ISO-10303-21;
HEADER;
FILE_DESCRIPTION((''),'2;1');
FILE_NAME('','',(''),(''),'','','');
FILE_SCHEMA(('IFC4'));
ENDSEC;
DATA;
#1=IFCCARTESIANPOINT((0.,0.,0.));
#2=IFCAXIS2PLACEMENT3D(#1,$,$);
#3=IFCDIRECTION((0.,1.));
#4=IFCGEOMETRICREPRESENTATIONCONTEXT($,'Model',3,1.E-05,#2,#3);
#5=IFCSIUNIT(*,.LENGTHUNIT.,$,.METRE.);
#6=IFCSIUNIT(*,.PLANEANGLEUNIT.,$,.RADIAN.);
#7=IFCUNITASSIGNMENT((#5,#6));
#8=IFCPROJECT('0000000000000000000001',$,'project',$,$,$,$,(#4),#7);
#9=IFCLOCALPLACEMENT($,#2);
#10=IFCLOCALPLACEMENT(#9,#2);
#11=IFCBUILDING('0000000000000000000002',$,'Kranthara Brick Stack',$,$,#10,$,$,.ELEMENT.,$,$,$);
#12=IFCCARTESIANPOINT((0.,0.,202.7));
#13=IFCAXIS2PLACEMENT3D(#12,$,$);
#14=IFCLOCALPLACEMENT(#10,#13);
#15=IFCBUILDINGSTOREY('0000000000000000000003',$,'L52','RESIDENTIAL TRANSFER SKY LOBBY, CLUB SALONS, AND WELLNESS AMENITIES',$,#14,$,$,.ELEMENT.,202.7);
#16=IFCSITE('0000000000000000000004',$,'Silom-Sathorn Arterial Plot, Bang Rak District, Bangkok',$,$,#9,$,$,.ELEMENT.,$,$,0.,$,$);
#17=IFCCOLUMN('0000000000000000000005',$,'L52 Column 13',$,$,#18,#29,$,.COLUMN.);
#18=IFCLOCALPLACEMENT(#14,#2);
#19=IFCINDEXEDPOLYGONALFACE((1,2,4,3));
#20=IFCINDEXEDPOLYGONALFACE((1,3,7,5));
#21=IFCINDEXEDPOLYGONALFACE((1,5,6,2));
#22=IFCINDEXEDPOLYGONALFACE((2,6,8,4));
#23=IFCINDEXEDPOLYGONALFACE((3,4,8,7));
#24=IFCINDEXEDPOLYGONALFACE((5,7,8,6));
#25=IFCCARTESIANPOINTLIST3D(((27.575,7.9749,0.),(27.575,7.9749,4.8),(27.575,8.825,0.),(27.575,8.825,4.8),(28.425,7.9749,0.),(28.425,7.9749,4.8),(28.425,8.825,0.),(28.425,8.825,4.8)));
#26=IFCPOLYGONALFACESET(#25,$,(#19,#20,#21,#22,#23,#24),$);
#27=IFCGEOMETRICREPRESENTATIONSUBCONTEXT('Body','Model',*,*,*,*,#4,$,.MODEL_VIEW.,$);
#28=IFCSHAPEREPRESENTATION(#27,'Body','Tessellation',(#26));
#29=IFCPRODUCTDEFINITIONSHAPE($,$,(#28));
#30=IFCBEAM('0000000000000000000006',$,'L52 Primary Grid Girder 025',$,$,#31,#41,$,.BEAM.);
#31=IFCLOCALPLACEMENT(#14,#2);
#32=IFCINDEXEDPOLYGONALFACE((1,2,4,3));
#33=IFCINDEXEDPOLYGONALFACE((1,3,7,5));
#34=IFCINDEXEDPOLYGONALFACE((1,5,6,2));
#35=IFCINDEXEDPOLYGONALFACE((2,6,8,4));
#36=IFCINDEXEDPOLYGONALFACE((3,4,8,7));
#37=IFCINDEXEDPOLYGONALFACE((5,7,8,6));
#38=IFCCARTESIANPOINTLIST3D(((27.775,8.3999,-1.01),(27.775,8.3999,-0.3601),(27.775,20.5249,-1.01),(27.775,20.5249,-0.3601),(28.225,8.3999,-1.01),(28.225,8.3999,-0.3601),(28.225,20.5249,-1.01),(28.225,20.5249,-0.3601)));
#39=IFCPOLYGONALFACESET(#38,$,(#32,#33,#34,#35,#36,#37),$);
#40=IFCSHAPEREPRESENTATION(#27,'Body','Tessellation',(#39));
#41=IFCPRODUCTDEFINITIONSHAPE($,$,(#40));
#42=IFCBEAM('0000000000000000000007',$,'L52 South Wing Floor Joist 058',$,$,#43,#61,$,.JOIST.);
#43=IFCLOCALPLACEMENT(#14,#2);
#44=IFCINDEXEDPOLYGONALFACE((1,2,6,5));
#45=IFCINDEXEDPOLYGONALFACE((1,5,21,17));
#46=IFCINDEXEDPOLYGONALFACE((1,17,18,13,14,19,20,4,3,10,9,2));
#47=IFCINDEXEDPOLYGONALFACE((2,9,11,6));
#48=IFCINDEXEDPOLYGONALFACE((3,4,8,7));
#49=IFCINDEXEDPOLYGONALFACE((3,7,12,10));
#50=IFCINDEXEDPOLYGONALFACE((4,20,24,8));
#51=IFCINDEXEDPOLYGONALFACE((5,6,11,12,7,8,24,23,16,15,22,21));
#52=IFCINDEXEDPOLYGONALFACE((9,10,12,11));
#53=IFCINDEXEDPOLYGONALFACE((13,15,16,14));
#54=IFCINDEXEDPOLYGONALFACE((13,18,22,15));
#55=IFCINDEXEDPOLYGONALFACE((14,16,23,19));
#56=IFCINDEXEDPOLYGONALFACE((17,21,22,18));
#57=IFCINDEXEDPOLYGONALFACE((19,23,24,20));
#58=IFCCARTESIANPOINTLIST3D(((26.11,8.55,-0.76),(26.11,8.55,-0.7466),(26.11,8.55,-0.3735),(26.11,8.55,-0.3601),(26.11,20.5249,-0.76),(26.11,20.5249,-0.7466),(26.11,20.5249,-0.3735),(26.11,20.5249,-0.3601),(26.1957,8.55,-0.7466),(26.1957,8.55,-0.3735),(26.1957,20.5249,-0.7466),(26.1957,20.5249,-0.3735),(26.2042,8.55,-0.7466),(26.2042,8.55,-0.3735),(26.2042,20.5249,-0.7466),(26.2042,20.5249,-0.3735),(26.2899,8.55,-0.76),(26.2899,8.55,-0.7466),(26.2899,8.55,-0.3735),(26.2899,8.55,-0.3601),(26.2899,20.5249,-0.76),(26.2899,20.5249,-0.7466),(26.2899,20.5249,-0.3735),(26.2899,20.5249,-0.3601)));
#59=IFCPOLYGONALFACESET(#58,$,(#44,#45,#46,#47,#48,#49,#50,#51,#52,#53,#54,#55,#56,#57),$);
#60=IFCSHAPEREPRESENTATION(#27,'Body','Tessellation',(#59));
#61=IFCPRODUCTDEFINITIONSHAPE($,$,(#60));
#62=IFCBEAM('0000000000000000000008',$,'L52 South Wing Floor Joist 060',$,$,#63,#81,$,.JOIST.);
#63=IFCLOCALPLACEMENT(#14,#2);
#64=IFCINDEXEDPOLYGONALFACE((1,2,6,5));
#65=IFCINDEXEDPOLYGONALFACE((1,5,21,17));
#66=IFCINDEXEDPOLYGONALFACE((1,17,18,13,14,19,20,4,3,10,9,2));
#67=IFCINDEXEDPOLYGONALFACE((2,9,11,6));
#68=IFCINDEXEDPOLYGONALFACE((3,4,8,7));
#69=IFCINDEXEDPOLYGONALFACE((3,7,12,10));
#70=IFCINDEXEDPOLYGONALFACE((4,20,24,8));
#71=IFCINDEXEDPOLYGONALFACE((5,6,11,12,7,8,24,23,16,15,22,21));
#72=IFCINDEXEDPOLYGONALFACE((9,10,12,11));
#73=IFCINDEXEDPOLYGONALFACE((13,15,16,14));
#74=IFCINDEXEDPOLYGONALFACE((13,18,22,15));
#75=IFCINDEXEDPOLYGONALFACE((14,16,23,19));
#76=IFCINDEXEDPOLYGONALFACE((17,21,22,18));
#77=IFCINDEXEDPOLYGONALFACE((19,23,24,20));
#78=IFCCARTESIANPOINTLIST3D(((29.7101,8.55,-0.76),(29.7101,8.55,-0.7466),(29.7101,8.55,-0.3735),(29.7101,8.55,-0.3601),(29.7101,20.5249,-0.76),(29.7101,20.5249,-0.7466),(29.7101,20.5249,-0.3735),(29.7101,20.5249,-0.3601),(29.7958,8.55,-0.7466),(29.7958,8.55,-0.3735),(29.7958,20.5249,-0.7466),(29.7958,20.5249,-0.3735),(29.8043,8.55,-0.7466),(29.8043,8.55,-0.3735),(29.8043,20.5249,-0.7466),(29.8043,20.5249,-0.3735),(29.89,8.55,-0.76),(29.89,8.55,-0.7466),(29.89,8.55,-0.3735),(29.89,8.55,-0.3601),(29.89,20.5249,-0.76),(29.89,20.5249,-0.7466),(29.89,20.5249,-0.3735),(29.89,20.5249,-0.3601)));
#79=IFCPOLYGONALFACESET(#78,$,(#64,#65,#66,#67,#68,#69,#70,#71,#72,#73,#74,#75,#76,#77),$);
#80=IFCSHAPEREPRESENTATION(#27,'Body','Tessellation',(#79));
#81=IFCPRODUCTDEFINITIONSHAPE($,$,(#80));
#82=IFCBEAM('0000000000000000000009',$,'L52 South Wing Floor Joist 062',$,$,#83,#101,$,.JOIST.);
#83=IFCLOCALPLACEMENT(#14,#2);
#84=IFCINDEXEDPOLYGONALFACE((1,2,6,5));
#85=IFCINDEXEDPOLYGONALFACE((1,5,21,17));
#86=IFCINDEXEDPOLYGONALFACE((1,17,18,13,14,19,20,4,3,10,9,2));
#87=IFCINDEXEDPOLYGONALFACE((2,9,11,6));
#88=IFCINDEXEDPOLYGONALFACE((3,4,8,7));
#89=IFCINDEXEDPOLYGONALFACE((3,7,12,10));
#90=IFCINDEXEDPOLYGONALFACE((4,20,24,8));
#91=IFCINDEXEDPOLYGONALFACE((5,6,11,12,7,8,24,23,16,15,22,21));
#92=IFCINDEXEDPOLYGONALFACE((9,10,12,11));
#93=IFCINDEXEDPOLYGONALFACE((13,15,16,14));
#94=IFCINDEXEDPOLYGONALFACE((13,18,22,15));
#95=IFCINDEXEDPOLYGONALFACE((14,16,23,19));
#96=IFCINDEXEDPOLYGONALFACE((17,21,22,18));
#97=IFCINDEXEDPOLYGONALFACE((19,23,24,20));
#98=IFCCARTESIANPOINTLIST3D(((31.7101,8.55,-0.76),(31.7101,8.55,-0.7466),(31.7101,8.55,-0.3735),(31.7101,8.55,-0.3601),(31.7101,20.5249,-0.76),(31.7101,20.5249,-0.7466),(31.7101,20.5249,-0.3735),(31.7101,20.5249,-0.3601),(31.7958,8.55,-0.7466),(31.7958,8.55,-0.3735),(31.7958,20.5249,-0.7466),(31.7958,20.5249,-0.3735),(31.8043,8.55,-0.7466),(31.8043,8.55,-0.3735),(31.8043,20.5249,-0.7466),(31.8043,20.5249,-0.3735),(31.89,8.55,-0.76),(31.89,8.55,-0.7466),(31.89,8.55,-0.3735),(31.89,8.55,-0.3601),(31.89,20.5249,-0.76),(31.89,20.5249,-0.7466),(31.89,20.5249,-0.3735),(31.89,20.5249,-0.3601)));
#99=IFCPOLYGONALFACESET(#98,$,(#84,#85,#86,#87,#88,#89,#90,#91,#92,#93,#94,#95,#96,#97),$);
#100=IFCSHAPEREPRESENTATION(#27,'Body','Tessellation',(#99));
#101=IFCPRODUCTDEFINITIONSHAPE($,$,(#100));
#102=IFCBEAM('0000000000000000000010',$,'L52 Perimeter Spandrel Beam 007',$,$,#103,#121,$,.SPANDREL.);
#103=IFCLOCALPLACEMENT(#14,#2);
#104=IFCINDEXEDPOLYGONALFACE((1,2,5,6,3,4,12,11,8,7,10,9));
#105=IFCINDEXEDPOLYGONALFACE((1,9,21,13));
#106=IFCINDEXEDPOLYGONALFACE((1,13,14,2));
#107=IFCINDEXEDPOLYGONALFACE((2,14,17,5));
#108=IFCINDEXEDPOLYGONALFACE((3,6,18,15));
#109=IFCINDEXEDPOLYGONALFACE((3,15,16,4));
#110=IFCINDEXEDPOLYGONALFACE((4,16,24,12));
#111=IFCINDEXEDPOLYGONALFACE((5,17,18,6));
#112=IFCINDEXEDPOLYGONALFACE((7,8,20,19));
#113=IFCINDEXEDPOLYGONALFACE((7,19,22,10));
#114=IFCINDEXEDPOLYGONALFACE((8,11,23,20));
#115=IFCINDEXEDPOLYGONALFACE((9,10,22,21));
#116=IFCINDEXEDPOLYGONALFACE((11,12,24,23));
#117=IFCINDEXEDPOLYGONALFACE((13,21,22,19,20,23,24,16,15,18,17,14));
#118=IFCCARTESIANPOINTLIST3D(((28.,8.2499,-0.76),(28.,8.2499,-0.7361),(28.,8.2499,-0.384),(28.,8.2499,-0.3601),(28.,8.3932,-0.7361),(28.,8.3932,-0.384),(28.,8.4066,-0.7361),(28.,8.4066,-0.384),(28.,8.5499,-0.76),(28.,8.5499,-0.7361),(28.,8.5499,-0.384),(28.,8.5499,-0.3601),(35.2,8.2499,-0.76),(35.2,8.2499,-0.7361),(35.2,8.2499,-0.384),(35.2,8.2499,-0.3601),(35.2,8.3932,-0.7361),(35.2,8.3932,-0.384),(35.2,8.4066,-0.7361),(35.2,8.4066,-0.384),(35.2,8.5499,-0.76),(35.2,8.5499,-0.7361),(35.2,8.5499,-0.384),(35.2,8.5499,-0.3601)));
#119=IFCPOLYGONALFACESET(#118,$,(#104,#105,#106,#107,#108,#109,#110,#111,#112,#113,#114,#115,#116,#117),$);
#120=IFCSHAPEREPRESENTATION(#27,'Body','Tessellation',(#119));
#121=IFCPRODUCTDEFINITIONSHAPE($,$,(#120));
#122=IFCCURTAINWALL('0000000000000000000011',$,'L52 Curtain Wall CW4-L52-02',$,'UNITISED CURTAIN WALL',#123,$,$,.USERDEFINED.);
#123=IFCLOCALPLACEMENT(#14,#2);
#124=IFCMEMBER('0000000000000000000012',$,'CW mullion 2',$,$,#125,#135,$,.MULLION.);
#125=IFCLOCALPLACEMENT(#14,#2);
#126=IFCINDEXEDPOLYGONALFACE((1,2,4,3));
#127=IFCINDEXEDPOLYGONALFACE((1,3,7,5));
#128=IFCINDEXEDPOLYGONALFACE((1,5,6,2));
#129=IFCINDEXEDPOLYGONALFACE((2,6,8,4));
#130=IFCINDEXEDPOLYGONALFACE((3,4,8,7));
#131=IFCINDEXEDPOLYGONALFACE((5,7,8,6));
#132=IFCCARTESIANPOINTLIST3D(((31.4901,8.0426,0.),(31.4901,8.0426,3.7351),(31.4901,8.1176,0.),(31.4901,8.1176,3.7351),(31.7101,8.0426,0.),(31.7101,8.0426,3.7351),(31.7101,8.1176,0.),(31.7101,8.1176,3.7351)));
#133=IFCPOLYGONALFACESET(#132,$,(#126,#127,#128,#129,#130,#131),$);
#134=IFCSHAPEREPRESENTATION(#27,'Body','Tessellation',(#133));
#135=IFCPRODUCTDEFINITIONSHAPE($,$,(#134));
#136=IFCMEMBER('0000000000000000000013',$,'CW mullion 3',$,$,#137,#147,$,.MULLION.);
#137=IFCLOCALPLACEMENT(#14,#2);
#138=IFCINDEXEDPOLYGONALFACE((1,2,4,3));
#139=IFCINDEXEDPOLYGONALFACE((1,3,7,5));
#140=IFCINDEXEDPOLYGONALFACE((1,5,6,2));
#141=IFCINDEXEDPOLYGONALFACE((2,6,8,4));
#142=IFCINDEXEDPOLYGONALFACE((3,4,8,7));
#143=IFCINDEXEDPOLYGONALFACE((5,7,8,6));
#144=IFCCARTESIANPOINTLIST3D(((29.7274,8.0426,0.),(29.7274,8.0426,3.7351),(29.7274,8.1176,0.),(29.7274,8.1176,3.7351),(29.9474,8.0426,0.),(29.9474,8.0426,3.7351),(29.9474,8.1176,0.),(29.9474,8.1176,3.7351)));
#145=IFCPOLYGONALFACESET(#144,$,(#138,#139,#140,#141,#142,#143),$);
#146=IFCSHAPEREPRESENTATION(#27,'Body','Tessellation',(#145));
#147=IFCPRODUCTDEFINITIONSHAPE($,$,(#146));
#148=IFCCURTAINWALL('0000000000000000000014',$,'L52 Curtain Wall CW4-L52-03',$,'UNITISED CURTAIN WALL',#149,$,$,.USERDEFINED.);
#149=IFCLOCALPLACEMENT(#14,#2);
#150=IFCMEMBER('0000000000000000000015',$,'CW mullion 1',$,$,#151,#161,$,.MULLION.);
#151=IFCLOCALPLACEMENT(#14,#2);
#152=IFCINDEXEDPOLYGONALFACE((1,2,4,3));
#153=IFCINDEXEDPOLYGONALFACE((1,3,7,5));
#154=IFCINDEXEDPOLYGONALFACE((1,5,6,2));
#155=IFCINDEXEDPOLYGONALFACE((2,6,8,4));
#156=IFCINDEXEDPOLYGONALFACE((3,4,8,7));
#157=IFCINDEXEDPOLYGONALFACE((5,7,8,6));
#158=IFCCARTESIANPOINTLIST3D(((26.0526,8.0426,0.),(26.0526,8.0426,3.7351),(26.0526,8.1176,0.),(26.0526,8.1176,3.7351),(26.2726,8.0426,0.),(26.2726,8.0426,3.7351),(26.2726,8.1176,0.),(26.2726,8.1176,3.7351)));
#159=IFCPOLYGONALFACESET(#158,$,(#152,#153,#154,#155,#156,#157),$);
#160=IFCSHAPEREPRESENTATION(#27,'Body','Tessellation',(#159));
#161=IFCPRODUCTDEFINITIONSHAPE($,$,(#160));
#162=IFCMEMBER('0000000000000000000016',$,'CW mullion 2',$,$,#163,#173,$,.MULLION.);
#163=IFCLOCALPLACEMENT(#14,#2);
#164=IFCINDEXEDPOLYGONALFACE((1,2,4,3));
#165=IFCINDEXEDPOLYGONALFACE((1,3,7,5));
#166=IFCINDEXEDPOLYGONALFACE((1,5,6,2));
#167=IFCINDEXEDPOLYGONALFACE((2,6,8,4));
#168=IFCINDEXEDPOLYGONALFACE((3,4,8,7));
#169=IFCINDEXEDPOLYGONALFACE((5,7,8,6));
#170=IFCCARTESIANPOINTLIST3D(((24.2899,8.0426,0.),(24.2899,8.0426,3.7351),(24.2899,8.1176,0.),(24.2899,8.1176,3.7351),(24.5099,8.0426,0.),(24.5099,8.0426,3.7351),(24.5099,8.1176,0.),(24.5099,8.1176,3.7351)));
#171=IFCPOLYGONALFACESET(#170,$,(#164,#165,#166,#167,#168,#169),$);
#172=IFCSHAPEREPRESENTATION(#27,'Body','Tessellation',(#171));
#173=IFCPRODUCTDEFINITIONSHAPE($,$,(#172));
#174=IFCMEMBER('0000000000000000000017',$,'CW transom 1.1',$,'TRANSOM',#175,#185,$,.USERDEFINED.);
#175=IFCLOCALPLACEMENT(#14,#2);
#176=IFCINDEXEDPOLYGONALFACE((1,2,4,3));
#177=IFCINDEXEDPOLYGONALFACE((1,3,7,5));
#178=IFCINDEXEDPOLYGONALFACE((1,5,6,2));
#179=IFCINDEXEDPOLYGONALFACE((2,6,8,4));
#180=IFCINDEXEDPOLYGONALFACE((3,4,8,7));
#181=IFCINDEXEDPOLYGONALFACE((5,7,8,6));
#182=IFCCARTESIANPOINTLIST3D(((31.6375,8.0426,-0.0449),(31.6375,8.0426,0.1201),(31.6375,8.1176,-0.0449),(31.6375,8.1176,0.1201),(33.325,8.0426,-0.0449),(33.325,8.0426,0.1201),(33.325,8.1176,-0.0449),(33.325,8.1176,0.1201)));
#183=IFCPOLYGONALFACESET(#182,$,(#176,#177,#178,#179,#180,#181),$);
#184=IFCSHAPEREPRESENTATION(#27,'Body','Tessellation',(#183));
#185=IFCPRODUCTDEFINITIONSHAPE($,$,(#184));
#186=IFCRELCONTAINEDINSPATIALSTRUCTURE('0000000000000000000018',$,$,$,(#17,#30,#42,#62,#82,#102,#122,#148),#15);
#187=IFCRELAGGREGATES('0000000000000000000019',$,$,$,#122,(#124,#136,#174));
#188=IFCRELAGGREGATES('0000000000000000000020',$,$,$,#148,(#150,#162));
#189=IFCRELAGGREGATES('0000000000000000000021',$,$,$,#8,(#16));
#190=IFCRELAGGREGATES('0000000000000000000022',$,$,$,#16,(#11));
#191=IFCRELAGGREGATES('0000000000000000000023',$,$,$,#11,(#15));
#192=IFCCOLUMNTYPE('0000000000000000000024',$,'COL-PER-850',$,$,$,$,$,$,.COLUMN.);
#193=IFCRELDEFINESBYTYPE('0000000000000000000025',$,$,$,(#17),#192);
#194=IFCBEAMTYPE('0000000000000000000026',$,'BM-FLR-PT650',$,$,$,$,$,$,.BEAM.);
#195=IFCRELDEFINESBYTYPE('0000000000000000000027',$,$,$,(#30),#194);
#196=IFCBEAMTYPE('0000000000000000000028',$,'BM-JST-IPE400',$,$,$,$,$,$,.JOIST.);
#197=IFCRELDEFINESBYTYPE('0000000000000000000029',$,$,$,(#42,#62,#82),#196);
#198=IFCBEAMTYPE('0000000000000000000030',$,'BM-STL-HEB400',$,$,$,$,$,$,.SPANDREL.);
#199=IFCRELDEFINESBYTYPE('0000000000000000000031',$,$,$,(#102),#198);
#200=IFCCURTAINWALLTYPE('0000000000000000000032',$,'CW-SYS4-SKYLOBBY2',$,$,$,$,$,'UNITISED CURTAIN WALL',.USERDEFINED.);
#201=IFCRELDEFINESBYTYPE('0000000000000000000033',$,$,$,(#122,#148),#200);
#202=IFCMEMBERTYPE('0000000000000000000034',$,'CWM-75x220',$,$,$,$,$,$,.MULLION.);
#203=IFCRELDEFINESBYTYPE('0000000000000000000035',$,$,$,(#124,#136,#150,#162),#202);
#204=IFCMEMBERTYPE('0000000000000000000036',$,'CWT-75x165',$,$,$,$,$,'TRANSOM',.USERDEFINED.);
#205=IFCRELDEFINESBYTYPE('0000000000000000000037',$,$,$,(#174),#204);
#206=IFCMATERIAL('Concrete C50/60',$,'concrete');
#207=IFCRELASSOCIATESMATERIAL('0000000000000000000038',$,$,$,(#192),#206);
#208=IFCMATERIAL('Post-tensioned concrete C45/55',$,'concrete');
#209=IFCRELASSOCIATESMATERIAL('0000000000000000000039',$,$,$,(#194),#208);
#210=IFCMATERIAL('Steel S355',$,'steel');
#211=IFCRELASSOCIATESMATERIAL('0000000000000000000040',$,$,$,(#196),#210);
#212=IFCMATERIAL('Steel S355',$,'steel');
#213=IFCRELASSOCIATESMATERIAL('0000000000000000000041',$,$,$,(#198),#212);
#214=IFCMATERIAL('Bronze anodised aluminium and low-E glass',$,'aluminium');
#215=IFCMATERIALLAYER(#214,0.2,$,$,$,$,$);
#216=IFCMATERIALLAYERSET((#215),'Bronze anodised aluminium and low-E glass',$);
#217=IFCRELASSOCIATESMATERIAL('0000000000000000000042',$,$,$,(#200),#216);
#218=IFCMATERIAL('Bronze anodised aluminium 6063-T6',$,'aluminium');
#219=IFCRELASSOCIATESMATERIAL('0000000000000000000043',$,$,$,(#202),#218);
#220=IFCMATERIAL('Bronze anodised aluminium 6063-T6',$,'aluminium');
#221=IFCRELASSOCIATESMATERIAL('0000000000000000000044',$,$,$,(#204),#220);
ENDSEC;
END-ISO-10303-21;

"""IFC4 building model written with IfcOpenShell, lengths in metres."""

from ifc_helpers import new_model, si_unit, direction, frame, origin, origin_2d, place, context, subcontext, project, spatial, rectangle, i_section, extrude, material, layer, layer_set, material_profile, profile_set, type_object, element, aggregate, save


model = new_model("IFC4")

# Units and contexts
model_context = context("Model", 3, precision=1e-05, world=origin(), true_north=direction((0.0, 1.0)))
body_context = subcontext(model_context, "Body", "Model", "MODEL_VIEW")
ifc_project = project(units=[si_unit("LENGTHUNIT", "METRE"), si_unit("PLANEANGLEUNIT", "RADIAN")], contexts=[model_context])

# Site, building, storey
site_placement = place(None, origin())
site = spatial("IfcSite", under=ifc_project, at=site_placement, Name="Silom-Sathorn Arterial Plot, Bang Rak District, Bangkok", CompositionType="ELEMENT", RefElevation=0.0)
building_placement = place(site_placement, origin())
building = spatial("IfcBuilding", under=site, at=building_placement, Name="Kranthara Brick Stack", CompositionType="ELEMENT")
storey_placement = place(building_placement, frame((0.0, 0.0, 202.7)))
storey = spatial("IfcBuildingStorey", under=building, at=storey_placement, Name="L52", Description="RESIDENTIAL TRANSFER SKY LOBBY, CLUB SALONS, AND WELLNESS AMENITIES", CompositionType="ELEMENT", Elevation=202.7)

# Column
ifc_material_1 = material(Name="Concrete C50/60", Category="concrete")
ifc_material_profile_1 = material_profile(ifc_material_1, rectangle(XDim=0.8501, YDim=0.8501, at=origin_2d()), Name="RC 850x850")
ifc_profile_set_1 = profile_set([ifc_material_profile_1], Name="Concrete C50/60")
column_type = type_object("IfcColumnType", Name="COL-PER-850", PredefinedType="COLUMN", material=ifc_profile_set_1)
column_placement = place(storey_placement, frame((28.0, 8.3999, 0.0), z_axis=(0.0, 0.0, 1.0), x_axis=(1.0, 0.0, 0.0)))
element("IfcColumn", 1, at=column_placement, inside=storey, type_object=column_type, Name="L52 Column 13", PredefinedType="COLUMN", context=body_context, shape_type="SweptSolid", body=[
    extrude(rectangle(XDim=0.8501, YDim=0.8501, at=origin_2d()), origin(), (0.0, 0.0, 1.0), 4.8),
])

# Beams
ifc_material_2 = material(Name="Post-tensioned concrete C45/55", Category="concrete")
ifc_material_profile_2 = material_profile(ifc_material_2, rectangle(XDim=0.45, YDim=0.6499, at=origin_2d()), Name="PT 450x650")
ifc_profile_set_2 = profile_set([ifc_material_profile_2], Name="Post-tensioned concrete C45/55")
beam_type_1 = type_object("IfcBeamType", Name="BM-FLR-PT650", PredefinedType="BEAM", material=ifc_profile_set_2)
beam_1_placement = place(storey_placement, frame((28.0, 8.3999, -0.6851), z_axis=(0.0, 1.0, 0.0), x_axis=(-1.0, 0.0, 0.0)))
element("IfcBeam", 2, at=beam_1_placement, inside=storey, type_object=beam_type_1, Name="L52 Primary Grid Girder 025", PredefinedType="BEAM", context=body_context, shape_type="SweptSolid", body=[
    extrude(rectangle(XDim=0.45, YDim=0.6499, at=origin_2d()), origin(), (0.0, 0.0, 1.0), 12.125),
])
ifc_material_3 = material(Name="Steel S355", Category="steel")
ifc_material_profile_3 = material_profile(ifc_material_3, i_section(OverallWidth=0.1799, OverallDepth=0.3999, WebThickness=0.0085, FlangeThickness=0.0134, at=origin_2d()), Name="IPE 400")
ifc_profile_set_3 = profile_set([ifc_material_profile_3], Name="Steel S355")
beam_type_2 = type_object("IfcBeamType", Name="BM-JST-IPE400", PredefinedType="JOIST", material=ifc_profile_set_3)
for number, where, z_axis, x_axis, name in (
    (3, (26.2, 8.55, -0.5601), (0.0, 1.0, 0.0), (-1.0, 0.0, 0.0), "L52 South Wing Floor Joist 058"),
    (4, (29.8, 8.55, -0.5601), (0.0, 1.0, 0.0), (-1.0, 0.0, 0.0), "L52 South Wing Floor Joist 060"),
    (5, (31.8, 8.55, -0.5601), (0.0, 1.0, 0.0), (-1.0, 0.0, 0.0), "L52 South Wing Floor Joist 062"),
):
    element("IfcBeam", number, at=place(storey_placement, frame(where, z_axis=z_axis, x_axis=x_axis)), inside=storey, type_object=beam_type_2, Name=name, PredefinedType="JOIST", context=body_context, shape_type="SweptSolid", body=[
        extrude(i_section(OverallWidth=0.1799, OverallDepth=0.3999, WebThickness=0.0085, FlangeThickness=0.0134, at=origin_2d()), origin(), (0.0, 0.0, 1.0), 11.9749),
    ])
ifc_material_4 = material(Name="Steel S355", Category="steel")
ifc_material_profile_4 = material_profile(ifc_material_4, i_section(OverallWidth=0.3, OverallDepth=0.3999, WebThickness=0.0134, FlangeThickness=0.0239, at=origin_2d()), Name="HEB 400")
ifc_profile_set_4 = profile_set([ifc_material_profile_4], Name="Steel S355")
beam_type_3 = type_object("IfcBeamType", Name="BM-STL-HEB400", PredefinedType="SPANDREL", material=ifc_profile_set_4)
beam_2_placement = place(storey_placement, frame((28.0, 8.3999, -0.5601), z_axis=(1.0, 0.0, 0.0), x_axis=(0.0, 1.0, 0.0)))
element("IfcBeam", 6, at=beam_2_placement, inside=storey, type_object=beam_type_3, Name="L52 Perimeter Spandrel Beam 007", PredefinedType="SPANDREL", context=body_context, shape_type="SweptSolid", body=[
    extrude(i_section(OverallWidth=0.3, OverallDepth=0.3999, WebThickness=0.0134, FlangeThickness=0.0239, at=origin_2d()), origin(), (0.0, 0.0, 1.0), 7.2),
])

# Curtain walls, members
ifc_material_5 = material(Name="Bronze anodised aluminium and low-E glass", Category="aluminium")
ifc_layer_1 = layer(ifc_material_5, 0.2)
ifc_layer_set_1 = layer_set([ifc_layer_1], Name="Bronze anodised aluminium and low-E glass")
curtain_wall_type = type_object("IfcCurtainWallType", Name="CW-SYS4-SKYLOBBY2", ElementType="UNITISED CURTAIN WALL", PredefinedType="USERDEFINED", material=ifc_layer_set_1)
curtain_wall_1_placement = place(storey_placement, origin())
curtain_wall_1 = element("IfcCurtainWall", 7, at=curtain_wall_1_placement, inside=storey, type_object=curtain_wall_type, Name="L52 Curtain Wall CW4-L52-02", ObjectType="UNITISED CURTAIN WALL", PredefinedType="USERDEFINED")
ifc_material_6 = material(Name="Bronze anodised aluminium 6063-T6", Category="aluminium")
ifc_material_profile_5 = material_profile(ifc_material_6, rectangle(XDim=0.075, YDim=0.22, at=origin_2d()), Name="ALU MULLION 75x220")
ifc_profile_set_5 = profile_set([ifc_material_profile_5], Name="Bronze anodised aluminium 6063-T6")
member_type_1 = type_object("IfcMemberType", Name="CWM-75x220", PredefinedType="MULLION", material=ifc_profile_set_5)
member_1_placement = place(storey_placement, frame((31.6001, 8.0801, 0.0), z_axis=(0.0, 0.0, 1.0), x_axis=(0.0, -1.0, 0.0)))
member_1 = element("IfcMember", 8, at=member_1_placement, type_object=member_type_1, Name="CW mullion 2", PredefinedType="MULLION", context=body_context, shape_type="SweptSolid", body=[
    extrude(rectangle(XDim=0.075, YDim=0.22, at=origin_2d()), origin(), (0.0, 0.0, 1.0), 3.7351),
])
member_2_placement = place(storey_placement, frame((29.8374, 8.0801, 0.0), z_axis=(0.0, 0.0, 1.0), x_axis=(0.0, -1.0, 0.0)))
member_2 = element("IfcMember", 9, at=member_2_placement, type_object=member_type_1, Name="CW mullion 3", PredefinedType="MULLION", context=body_context, shape_type="SweptSolid", body=[
    extrude(rectangle(XDim=0.075, YDim=0.22, at=origin_2d()), origin(), (0.0, 0.0, 1.0), 3.7351),
])
curtain_wall_2_placement = place(storey_placement, origin())
curtain_wall_2 = element("IfcCurtainWall", 10, at=curtain_wall_2_placement, inside=storey, type_object=curtain_wall_type, Name="L52 Curtain Wall CW4-L52-03", ObjectType="UNITISED CURTAIN WALL", PredefinedType="USERDEFINED")
member_3_placement = place(storey_placement, frame((26.1626, 8.0801, 0.0), z_axis=(0.0, 0.0, 1.0), x_axis=(0.0, -1.0, 0.0)))
member_3 = element("IfcMember", 11, at=member_3_placement, type_object=member_type_1, Name="CW mullion 1", PredefinedType="MULLION", context=body_context, shape_type="SweptSolid", body=[
    extrude(rectangle(XDim=0.075, YDim=0.22, at=origin_2d()), origin(), (0.0, 0.0, 1.0), 3.7351),
])
member_4_placement = place(storey_placement, frame((24.3999, 8.0801, 0.0), z_axis=(0.0, 0.0, 1.0), x_axis=(0.0, -1.0, 0.0)))
member_4 = element("IfcMember", 12, at=member_4_placement, type_object=member_type_1, Name="CW mullion 2", PredefinedType="MULLION", context=body_context, shape_type="SweptSolid", body=[
    extrude(rectangle(XDim=0.075, YDim=0.22, at=origin_2d()), origin(), (0.0, 0.0, 1.0), 3.7351),
])

# Member
ifc_material_7 = material(Name="Bronze anodised aluminium 6063-T6", Category="aluminium")
ifc_material_profile_6 = material_profile(ifc_material_7, rectangle(XDim=0.075, YDim=0.165, at=origin_2d()), Name="ALU TRANSOM 75x165")
ifc_profile_set_6 = profile_set([ifc_material_profile_6], Name="Bronze anodised aluminium 6063-T6")
member_type_2 = type_object("IfcMemberType", Name="CWT-75x165", ElementType="TRANSOM", PredefinedType="USERDEFINED", material=ifc_profile_set_6)
member_5_placement = place(storey_placement, frame((33.325, 8.0801, 0.0376), z_axis=(-1.0, 0.0, 0.0), x_axis=(0.0, -1.0, 0.0)))
member_5 = element("IfcMember", 13, at=member_5_placement, type_object=member_type_2, Name="CW transom 1.1", ObjectType="TRANSOM", PredefinedType="USERDEFINED", context=body_context, shape_type="SweptSolid", body=[
    extrude(rectangle(XDim=0.075, YDim=0.165, at=origin_2d()), origin(), (0.0, 0.0, 1.0), 1.6875),
])

aggregate(curtain_wall_1, [member_1, member_2, member_5])
aggregate(curtain_wall_2, [member_3, member_4])

save(model, "model.ifc")
